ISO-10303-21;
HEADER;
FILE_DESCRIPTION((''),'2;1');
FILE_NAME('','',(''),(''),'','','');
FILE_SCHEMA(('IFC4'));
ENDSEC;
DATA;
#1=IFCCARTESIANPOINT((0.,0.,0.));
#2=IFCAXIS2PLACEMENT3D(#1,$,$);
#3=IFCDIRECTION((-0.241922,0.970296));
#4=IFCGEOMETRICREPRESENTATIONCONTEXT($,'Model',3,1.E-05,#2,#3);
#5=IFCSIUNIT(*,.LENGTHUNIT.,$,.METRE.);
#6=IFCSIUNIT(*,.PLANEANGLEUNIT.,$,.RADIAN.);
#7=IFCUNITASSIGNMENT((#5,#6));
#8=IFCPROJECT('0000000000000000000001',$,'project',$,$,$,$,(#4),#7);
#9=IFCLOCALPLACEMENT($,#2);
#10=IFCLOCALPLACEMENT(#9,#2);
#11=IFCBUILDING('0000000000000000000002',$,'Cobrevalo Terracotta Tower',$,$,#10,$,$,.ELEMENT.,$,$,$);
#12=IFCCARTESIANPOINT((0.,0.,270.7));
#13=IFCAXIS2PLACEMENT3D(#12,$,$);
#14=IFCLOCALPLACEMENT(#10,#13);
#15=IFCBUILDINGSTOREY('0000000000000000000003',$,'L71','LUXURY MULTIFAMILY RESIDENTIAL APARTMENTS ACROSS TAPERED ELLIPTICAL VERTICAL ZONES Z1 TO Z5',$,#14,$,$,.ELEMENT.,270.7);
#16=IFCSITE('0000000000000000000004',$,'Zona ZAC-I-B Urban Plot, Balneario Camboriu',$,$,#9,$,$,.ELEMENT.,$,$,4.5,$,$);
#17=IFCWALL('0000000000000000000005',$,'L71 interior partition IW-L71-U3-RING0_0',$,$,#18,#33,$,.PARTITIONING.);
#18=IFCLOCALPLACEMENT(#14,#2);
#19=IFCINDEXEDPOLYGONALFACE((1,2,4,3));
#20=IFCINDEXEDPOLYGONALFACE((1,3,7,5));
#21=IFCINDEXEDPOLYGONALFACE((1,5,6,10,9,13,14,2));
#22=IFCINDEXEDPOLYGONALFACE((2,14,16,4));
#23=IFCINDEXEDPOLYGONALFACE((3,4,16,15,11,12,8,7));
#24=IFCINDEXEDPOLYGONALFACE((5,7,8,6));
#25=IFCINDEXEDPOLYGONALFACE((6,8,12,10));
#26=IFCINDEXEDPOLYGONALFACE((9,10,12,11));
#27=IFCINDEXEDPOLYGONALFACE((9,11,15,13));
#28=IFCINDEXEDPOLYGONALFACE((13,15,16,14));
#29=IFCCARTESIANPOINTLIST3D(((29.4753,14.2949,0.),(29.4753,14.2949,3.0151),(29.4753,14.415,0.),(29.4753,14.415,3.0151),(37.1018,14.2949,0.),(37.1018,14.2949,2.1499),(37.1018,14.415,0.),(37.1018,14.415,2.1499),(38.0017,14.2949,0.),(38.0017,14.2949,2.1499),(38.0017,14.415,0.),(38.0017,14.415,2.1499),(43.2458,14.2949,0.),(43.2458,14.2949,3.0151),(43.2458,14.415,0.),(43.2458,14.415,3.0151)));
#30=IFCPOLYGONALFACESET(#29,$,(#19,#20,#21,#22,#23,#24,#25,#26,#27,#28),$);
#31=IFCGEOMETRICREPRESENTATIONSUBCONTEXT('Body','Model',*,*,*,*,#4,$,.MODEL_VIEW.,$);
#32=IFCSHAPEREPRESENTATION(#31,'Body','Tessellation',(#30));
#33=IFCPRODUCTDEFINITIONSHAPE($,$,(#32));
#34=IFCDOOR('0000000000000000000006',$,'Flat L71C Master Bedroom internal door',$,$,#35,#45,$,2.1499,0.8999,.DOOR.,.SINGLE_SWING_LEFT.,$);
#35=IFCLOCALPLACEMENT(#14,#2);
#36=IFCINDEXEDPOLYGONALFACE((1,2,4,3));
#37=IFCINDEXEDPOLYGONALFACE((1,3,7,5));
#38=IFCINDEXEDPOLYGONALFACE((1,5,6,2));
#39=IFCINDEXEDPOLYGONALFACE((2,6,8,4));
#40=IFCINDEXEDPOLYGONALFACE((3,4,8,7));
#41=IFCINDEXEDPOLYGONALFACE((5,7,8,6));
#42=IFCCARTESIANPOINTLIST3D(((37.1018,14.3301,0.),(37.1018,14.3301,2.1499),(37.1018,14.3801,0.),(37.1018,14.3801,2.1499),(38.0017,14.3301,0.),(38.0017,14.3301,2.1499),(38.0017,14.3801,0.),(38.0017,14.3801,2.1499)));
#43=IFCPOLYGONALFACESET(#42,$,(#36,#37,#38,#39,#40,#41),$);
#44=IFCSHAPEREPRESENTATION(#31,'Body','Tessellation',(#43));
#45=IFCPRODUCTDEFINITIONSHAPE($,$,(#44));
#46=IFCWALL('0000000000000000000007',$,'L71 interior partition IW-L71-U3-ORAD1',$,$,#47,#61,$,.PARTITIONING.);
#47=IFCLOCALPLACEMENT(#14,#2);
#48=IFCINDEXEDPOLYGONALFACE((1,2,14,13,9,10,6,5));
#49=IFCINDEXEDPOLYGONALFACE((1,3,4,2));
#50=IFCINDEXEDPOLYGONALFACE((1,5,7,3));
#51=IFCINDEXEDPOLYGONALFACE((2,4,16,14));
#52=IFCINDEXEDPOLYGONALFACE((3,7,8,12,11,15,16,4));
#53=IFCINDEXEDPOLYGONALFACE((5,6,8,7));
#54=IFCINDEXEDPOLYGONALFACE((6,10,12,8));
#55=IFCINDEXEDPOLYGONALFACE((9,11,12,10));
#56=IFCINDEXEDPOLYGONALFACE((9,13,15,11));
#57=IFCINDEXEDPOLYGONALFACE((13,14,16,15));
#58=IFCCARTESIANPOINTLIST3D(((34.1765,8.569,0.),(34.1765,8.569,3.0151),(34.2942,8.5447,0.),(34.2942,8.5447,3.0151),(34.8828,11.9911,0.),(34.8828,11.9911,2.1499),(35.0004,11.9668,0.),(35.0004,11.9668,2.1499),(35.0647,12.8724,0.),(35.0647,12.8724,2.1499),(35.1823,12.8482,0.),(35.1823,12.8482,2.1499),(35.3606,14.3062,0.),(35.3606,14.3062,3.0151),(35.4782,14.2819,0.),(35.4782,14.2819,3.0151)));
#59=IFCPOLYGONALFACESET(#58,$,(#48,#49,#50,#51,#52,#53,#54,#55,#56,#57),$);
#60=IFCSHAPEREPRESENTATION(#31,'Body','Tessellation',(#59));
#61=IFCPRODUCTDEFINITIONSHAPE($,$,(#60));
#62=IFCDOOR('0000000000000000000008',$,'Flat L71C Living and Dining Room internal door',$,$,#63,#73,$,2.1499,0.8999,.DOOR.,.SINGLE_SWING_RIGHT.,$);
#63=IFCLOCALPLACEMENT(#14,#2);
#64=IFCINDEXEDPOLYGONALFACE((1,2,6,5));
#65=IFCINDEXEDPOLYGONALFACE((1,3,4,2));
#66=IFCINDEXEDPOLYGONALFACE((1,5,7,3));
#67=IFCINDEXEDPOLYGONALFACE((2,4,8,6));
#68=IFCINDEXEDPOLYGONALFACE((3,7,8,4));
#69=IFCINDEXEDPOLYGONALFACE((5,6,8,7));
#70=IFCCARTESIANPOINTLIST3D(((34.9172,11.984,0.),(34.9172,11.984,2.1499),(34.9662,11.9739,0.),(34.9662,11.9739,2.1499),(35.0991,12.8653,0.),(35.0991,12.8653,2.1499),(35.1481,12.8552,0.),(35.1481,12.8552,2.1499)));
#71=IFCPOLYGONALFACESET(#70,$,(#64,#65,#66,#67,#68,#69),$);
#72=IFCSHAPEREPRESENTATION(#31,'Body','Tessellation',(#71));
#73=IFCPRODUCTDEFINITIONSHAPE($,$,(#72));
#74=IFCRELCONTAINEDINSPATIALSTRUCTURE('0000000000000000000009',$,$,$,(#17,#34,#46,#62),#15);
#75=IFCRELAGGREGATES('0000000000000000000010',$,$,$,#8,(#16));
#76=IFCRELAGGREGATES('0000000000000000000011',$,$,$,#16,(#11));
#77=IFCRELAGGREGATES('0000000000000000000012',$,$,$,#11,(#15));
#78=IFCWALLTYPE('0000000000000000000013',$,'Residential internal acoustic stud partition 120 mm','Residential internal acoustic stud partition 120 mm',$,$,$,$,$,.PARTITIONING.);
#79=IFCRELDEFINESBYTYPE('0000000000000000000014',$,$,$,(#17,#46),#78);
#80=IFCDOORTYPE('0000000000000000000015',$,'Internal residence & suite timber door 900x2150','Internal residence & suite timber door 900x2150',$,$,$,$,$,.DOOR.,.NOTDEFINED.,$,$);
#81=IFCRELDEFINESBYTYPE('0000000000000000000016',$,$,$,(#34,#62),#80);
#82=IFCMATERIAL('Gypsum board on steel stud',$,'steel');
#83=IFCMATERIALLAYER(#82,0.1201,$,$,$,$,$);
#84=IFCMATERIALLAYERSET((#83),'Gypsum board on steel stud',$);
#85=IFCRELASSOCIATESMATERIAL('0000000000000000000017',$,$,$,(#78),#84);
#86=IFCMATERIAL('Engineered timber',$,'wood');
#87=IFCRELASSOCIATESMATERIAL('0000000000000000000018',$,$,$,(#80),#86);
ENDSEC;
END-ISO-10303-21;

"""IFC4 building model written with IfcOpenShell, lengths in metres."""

from ifc_helpers import new_model, si_unit, direction, frame, frame_2d, origin, place, context, subcontext, project, spatial, rectangle, extrude, source, transform, mapped, material, layer, layer_set, type_object, element, fill, save


model = new_model("IFC4")

# Units and contexts
model_context = context("Model", 3, precision=1e-05, world=origin(), true_north=direction((-0.241922, 0.970296)))
body_context = subcontext(model_context, "Body", "Model", "MODEL_VIEW")
ifc_project = project(units=[si_unit("LENGTHUNIT", "METRE"), si_unit("PLANEANGLEUNIT", "RADIAN")], contexts=[model_context])

# Site, building, storey
site_placement = place(None, origin())
site = spatial("IfcSite", under=ifc_project, at=site_placement, Name="Zona ZAC-I-B Urban Plot, Balneario Camboriu", CompositionType="ELEMENT", RefElevation=4.5)
building_placement = place(site_placement, origin())
building = spatial("IfcBuilding", under=site, at=building_placement, Name="Cobrevalo Terracotta Tower", CompositionType="ELEMENT")
storey_placement = place(building_placement, frame((0.0, 0.0, 270.7)))
storey = spatial("IfcBuildingStorey", under=building, at=storey_placement, Name="L71", Description="LUXURY MULTIFAMILY RESIDENTIAL APARTMENTS ACROSS TAPERED ELLIPTICAL VERTICAL ZONES Z1 TO Z5", CompositionType="ELEMENT", Elevation=270.7)

# Walls, openings, doors
ifc_material_1 = material(Name="Gypsum board on steel stud", Category="steel")
ifc_layer_1 = layer(ifc_material_1, 0.1201)
ifc_layer_set_1 = layer_set([ifc_layer_1], Name="Gypsum board on steel stud")
wall_type_1 = type_object("IfcWallType", Name="Residential internal acoustic stud partition 120 mm", Description="Residential internal acoustic stud partition 120 mm", PredefinedType="PARTITIONING", material=ifc_layer_set_1)
wall_1_placement = place(storey_placement, frame((43.2458, 14.355, 0.0), z_axis=(0.0, 0.0, 1.0), x_axis=(-1.0, 0.0, 0.0)))
wall_1 = element("IfcWall", 1, at=wall_1_placement, inside=storey, type_object=wall_type_1, Name="L71 interior partition IW-L71-U3-RING0_0", PredefinedType="PARTITIONING", context=body_context, shape_type="SweptSolid", body=[
    extrude(rectangle(XDim=13.7705, YDim=0.1201, at=frame_2d((6.8853, 0.0))), origin(), (0.0, 0.0, 1.0), 3.0151),
])
opening_1_placement = place(wall_1_placement, frame((5.2441, 0.0, 0.0)))
opening_1 = element("IfcOpeningElement", 2, at=opening_1_placement, cuts=wall_1, PredefinedType="OPENING", context=body_context, shape_type="SweptSolid", body=[
    extrude(rectangle(XDim=0.8999, YDim=2.1499, at=frame_2d((0.45, 1.075))), frame((0.0, 0.0701, 0.0), z_axis=(0.0, -1.0, 0.0), x_axis=(1.0, 0.0, 0.0)), (0.0, 0.0, 1.0), 0.1401),
])
ifc_material_2 = material(Name="Engineered timber", Category="wood")
door_type_1 = type_object("IfcDoorType", Name="Internal residence & suite timber door 900x2150", Description="Internal residence & suite timber door 900x2150", OperationType="NOTDEFINED", PredefinedType="DOOR", material=ifc_material_2)
shared_shape_1 = source(origin(), body_context, "Body", "SweptSolid", [
    extrude(rectangle(XDim=0.8999, YDim=2.1499, at=frame_2d((0.45, 1.075))), frame((0.0, 0.0249, 0.0), z_axis=(0.0, -1.0, 0.0), x_axis=(1.0, 0.0, 0.0)), (0.0, 0.0, 1.0), 0.05),
])
door_1_placement = place(opening_1_placement, origin())
door_1 = element("IfcDoor", 3, at=door_1_placement, inside=storey, type_object=door_type_1, Name="Flat L71C Master Bedroom internal door", OperationType="SINGLE_SWING_LEFT", OverallHeight=2.1499, OverallWidth=0.8999, PredefinedType="DOOR", context=body_context, shape_type="MappedRepresentation", body=[
    mapped(shared_shape_1, transform((0.0, 0.0, 0.0), scale=1.0)),
])
fill(opening_1, door_1)
wall_2_placement = place(storey_placement, frame((35.4194, 14.2942, 0.0), z_axis=(0.0, 0.0, 1.0), x_axis=(-0.202123, -0.97936, 0.0)))
wall_2 = element("IfcWall", 4, at=wall_2_placement, inside=storey, type_object=wall_type_1, Name="L71 interior partition IW-L71-U3-ORAD1", PredefinedType="PARTITIONING", context=body_context, shape_type="SweptSolid", body=[
    extrude(rectangle(XDim=5.8582, YDim=0.1201, at=frame_2d((2.9292, 0.0))), origin(), (0.0, 0.0, 1.0), 3.0151),
])
opening_2_placement = place(wall_2_placement, frame((1.4641, 0.0, 0.0)))
opening_2 = element("IfcOpeningElement", 5, at=opening_2_placement, cuts=wall_2, PredefinedType="OPENING", context=body_context, shape_type="SweptSolid", body=[
    extrude(rectangle(XDim=0.8999, YDim=2.1499, at=frame_2d((0.45, 1.075))), frame((0.0, 0.0701, 0.0), z_axis=(0.0, -1.0, 0.0), x_axis=(1.0, 0.0, 0.0)), (0.0, 0.0, 1.0), 0.1401),
])
door_2_placement = place(opening_2_placement, frame((0.8999, 0.0, 0.0), z_axis=(0.0, 0.0, 1.0), x_axis=(-1.0, 0.0, 0.0)))
door_2 = element("IfcDoor", 6, at=door_2_placement, inside=storey, type_object=door_type_1, Name="Flat L71C Living and Dining Room internal door", OperationType="SINGLE_SWING_RIGHT", OverallHeight=2.1499, OverallWidth=0.8999, PredefinedType="DOOR", context=body_context, shape_type="MappedRepresentation", body=[
    mapped(shared_shape_1, transform((0.0, 0.0, 0.0), scale=1.0)),
])
fill(opening_2, door_2)

save(model, "model.ifc")
